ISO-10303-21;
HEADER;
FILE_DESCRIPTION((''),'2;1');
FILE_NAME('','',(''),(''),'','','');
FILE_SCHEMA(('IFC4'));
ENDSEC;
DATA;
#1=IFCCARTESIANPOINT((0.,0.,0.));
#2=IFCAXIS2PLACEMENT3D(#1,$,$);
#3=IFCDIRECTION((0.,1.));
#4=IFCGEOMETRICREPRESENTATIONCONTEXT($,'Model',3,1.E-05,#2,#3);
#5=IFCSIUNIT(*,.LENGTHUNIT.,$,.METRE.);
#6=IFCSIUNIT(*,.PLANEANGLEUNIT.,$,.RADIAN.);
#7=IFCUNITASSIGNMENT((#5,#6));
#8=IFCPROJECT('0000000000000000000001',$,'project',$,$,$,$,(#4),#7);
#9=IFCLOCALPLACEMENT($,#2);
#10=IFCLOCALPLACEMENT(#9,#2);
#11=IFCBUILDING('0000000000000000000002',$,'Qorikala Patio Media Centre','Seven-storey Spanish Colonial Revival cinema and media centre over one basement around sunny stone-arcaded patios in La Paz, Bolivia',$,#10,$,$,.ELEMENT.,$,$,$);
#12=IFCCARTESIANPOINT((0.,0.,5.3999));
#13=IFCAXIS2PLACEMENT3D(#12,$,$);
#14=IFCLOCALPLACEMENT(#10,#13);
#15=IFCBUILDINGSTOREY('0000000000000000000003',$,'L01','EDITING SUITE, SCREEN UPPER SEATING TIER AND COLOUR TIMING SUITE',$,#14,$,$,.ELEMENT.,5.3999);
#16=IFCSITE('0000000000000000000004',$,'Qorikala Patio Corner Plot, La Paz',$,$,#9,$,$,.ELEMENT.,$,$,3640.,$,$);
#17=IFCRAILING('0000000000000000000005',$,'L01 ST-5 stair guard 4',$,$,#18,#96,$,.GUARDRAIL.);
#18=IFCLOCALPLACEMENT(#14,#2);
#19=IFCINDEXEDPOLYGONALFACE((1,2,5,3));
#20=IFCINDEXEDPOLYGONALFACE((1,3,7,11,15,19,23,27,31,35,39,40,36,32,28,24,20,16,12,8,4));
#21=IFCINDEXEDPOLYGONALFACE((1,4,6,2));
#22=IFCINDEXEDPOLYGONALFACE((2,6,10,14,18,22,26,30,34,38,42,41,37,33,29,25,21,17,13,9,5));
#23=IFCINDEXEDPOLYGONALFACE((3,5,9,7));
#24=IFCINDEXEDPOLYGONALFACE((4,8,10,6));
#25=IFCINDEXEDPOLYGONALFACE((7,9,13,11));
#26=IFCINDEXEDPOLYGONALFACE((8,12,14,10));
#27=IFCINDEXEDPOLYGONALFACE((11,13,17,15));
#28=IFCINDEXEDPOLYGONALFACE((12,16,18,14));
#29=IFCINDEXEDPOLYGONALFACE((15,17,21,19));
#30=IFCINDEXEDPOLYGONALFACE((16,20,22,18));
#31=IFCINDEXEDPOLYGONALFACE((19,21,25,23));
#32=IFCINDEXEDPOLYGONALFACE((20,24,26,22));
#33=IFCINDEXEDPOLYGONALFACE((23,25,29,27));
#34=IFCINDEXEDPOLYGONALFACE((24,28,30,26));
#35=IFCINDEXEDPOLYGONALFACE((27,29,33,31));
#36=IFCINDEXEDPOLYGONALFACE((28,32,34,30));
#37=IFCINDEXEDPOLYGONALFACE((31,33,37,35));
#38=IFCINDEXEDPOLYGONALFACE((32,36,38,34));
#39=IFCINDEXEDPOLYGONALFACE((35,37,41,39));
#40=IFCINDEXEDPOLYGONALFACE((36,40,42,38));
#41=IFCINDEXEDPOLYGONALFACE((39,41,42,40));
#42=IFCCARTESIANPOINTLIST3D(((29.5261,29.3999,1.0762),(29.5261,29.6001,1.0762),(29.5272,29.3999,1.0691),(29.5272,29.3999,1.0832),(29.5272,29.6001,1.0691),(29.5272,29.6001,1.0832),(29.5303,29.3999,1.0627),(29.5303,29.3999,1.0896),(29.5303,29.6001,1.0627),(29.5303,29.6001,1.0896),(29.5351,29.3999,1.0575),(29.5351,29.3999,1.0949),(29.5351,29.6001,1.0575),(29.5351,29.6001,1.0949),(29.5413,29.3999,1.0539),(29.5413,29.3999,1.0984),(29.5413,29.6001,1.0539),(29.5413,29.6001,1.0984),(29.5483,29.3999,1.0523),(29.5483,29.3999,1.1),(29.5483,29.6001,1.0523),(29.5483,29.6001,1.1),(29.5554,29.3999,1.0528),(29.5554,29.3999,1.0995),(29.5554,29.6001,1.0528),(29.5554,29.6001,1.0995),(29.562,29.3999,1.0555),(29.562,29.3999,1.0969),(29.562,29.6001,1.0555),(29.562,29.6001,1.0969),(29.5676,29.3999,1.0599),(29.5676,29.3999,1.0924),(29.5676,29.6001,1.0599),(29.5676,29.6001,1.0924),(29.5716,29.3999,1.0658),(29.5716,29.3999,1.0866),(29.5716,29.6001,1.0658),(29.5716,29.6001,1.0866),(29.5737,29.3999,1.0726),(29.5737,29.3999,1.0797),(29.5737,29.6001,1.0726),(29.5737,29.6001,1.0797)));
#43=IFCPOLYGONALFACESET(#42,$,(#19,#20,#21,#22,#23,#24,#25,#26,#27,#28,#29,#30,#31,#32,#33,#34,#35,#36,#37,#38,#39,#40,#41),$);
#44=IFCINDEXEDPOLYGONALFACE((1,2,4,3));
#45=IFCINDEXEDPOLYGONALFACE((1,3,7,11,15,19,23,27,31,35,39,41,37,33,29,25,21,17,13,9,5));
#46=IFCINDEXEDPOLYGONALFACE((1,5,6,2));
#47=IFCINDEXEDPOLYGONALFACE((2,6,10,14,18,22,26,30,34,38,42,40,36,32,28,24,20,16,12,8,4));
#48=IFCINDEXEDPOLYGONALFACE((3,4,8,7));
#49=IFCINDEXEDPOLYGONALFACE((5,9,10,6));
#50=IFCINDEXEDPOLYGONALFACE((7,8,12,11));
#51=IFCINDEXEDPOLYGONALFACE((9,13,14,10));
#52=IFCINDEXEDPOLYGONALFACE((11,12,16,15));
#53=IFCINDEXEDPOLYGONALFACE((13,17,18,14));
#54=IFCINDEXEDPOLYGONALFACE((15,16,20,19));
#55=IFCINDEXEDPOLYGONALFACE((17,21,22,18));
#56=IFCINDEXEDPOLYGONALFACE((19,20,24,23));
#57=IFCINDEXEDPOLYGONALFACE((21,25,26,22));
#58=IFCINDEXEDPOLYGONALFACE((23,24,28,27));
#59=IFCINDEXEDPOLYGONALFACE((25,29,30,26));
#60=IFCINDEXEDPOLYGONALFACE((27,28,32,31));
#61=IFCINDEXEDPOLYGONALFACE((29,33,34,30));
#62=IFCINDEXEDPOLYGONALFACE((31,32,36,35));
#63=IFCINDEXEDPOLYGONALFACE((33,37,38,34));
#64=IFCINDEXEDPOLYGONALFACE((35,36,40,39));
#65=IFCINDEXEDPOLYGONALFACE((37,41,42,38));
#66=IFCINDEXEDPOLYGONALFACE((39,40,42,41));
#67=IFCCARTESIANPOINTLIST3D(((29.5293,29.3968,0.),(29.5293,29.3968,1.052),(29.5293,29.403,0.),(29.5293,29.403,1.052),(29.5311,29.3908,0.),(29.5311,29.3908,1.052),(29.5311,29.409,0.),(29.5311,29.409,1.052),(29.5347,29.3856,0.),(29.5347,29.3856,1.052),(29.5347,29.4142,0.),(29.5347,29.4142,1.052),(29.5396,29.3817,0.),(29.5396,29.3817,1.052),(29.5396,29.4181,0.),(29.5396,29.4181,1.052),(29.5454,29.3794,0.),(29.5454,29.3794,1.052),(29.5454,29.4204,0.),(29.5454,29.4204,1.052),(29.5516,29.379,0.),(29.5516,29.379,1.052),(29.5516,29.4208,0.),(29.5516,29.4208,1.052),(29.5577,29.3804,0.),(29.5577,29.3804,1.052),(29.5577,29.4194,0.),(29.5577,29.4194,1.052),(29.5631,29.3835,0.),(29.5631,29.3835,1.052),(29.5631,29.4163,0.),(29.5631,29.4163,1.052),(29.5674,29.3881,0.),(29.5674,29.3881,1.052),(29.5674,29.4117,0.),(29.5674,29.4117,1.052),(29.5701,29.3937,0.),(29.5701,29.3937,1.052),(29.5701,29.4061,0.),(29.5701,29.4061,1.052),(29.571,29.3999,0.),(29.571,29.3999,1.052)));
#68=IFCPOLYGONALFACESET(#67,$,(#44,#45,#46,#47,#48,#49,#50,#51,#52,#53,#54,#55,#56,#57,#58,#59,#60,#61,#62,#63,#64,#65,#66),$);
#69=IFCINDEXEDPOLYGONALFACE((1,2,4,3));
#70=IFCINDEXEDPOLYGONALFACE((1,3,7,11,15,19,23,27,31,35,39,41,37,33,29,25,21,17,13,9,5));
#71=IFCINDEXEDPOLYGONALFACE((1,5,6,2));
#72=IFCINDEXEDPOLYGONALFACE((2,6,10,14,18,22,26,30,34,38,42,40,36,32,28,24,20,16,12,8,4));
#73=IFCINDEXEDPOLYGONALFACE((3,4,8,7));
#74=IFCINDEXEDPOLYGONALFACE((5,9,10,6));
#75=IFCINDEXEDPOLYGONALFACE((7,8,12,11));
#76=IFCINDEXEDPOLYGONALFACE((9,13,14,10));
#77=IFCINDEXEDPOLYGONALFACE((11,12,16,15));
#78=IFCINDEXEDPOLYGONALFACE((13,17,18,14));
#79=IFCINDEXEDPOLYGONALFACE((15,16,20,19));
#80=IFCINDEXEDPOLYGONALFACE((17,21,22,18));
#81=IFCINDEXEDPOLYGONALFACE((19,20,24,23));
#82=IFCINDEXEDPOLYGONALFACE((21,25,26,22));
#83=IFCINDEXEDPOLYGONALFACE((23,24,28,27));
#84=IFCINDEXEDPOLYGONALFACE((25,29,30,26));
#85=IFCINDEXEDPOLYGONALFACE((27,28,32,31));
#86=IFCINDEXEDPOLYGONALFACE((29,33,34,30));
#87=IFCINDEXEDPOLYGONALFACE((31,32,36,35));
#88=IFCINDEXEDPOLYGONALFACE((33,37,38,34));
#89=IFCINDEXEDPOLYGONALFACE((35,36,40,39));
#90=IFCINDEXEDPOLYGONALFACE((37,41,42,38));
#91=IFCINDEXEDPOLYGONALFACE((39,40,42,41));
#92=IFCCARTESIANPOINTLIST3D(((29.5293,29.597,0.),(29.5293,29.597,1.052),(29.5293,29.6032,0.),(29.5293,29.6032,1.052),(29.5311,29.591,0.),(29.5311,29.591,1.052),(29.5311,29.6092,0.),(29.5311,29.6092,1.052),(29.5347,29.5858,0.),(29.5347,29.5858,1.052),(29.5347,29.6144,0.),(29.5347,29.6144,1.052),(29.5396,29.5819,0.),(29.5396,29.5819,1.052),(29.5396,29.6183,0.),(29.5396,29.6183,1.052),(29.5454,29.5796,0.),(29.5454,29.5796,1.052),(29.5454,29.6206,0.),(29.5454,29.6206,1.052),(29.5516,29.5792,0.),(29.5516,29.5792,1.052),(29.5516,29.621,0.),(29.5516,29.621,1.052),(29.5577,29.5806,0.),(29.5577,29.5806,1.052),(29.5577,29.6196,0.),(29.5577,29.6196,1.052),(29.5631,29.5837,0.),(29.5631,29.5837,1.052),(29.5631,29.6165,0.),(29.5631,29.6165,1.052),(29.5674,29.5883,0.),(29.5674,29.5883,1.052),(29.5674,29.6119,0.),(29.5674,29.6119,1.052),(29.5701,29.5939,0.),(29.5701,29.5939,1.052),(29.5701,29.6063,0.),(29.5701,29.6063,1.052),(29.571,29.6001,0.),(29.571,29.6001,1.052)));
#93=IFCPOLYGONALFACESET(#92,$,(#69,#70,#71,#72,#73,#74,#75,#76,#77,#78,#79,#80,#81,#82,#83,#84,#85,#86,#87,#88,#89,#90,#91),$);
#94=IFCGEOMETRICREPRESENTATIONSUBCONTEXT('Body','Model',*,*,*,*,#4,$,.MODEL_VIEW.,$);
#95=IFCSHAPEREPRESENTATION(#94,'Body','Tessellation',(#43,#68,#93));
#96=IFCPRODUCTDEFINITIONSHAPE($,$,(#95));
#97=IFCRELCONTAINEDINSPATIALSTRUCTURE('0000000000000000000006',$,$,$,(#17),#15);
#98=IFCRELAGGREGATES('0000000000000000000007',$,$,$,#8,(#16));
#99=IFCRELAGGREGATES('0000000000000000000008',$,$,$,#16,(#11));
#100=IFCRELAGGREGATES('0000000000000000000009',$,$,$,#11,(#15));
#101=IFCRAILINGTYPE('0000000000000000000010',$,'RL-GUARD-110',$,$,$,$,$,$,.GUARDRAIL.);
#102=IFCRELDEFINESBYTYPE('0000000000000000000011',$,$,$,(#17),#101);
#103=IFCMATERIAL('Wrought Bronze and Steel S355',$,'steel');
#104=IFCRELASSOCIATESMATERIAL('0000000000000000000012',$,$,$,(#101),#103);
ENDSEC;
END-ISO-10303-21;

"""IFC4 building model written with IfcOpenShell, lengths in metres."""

from ifc_helpers import new_model, si_unit, direction, frame, origin, origin_2d, place, context, subcontext, project, spatial, circle, extrude, material, type_object, element, save


model = new_model("IFC4")

# Units and contexts
model_context = context("Model", 3, precision=1e-05, world=origin(), true_north=direction((0.0, 1.0)))
body_context = subcontext(model_context, "Body", "Model", "MODEL_VIEW")
ifc_project = project(units=[si_unit("LENGTHUNIT", "METRE"), si_unit("PLANEANGLEUNIT", "RADIAN")], contexts=[model_context])

# Site, building, storey
site_placement = place(None, origin())
site = spatial("IfcSite", under=ifc_project, at=site_placement, Name="Qorikala Patio Corner Plot, La Paz", CompositionType="ELEMENT", RefElevation=3640.0)
building_placement = place(site_placement, origin())
building = spatial("IfcBuilding", under=site, at=building_placement, Name="Qorikala Patio Media Centre", Description="Seven-storey Spanish Colonial Revival cinema and media centre over one basement around sunny stone-arcaded patios in La Paz, Bolivia", CompositionType="ELEMENT")
storey_placement = place(building_placement, frame((0.0, 0.0, 5.3999)))
storey = spatial("IfcBuildingStorey", under=building, at=storey_placement, Name="L01", Description="EDITING SUITE, SCREEN UPPER SEATING TIER AND COLOUR TIMING SUITE", CompositionType="ELEMENT", Elevation=5.3999)

# Railing
ifc_material_1 = material(Name="Wrought Bronze and Steel S355", Category="steel")
railing_type_1 = type_object("IfcRailingType", Name="RL-GUARD-110", PredefinedType="GUARDRAIL", material=ifc_material_1)
railing_1_placement = place(storey_placement, frame((29.55, 29.3999, 0.0)))
element("IfcRailing", 1, at=railing_1_placement, inside=storey, type_object=railing_type_1, Name="L01 ST-5 stair guard 4", PredefinedType="GUARDRAIL", context=body_context, shape_type="SweptSolid", body=[
    extrude(circle(Radius=0.0239, at=origin_2d()), frame((0.0, 0.0, 1.0762), z_axis=(0.0, 1.0, 0.0), x_axis=(-1.0, 0.0, 0.0)), (0.0, 0.0, 1.0), 0.2002),
    extrude(circle(Radius=0.021, at=origin_2d()), origin(), (0.0, 0.0, 1.0), 1.052),
    extrude(circle(Radius=0.021, at=origin_2d()), frame((0.0, 0.2002, 0.0)), (0.0, 0.0, 1.0), 1.052),
])

save(model, "model.ifc")
